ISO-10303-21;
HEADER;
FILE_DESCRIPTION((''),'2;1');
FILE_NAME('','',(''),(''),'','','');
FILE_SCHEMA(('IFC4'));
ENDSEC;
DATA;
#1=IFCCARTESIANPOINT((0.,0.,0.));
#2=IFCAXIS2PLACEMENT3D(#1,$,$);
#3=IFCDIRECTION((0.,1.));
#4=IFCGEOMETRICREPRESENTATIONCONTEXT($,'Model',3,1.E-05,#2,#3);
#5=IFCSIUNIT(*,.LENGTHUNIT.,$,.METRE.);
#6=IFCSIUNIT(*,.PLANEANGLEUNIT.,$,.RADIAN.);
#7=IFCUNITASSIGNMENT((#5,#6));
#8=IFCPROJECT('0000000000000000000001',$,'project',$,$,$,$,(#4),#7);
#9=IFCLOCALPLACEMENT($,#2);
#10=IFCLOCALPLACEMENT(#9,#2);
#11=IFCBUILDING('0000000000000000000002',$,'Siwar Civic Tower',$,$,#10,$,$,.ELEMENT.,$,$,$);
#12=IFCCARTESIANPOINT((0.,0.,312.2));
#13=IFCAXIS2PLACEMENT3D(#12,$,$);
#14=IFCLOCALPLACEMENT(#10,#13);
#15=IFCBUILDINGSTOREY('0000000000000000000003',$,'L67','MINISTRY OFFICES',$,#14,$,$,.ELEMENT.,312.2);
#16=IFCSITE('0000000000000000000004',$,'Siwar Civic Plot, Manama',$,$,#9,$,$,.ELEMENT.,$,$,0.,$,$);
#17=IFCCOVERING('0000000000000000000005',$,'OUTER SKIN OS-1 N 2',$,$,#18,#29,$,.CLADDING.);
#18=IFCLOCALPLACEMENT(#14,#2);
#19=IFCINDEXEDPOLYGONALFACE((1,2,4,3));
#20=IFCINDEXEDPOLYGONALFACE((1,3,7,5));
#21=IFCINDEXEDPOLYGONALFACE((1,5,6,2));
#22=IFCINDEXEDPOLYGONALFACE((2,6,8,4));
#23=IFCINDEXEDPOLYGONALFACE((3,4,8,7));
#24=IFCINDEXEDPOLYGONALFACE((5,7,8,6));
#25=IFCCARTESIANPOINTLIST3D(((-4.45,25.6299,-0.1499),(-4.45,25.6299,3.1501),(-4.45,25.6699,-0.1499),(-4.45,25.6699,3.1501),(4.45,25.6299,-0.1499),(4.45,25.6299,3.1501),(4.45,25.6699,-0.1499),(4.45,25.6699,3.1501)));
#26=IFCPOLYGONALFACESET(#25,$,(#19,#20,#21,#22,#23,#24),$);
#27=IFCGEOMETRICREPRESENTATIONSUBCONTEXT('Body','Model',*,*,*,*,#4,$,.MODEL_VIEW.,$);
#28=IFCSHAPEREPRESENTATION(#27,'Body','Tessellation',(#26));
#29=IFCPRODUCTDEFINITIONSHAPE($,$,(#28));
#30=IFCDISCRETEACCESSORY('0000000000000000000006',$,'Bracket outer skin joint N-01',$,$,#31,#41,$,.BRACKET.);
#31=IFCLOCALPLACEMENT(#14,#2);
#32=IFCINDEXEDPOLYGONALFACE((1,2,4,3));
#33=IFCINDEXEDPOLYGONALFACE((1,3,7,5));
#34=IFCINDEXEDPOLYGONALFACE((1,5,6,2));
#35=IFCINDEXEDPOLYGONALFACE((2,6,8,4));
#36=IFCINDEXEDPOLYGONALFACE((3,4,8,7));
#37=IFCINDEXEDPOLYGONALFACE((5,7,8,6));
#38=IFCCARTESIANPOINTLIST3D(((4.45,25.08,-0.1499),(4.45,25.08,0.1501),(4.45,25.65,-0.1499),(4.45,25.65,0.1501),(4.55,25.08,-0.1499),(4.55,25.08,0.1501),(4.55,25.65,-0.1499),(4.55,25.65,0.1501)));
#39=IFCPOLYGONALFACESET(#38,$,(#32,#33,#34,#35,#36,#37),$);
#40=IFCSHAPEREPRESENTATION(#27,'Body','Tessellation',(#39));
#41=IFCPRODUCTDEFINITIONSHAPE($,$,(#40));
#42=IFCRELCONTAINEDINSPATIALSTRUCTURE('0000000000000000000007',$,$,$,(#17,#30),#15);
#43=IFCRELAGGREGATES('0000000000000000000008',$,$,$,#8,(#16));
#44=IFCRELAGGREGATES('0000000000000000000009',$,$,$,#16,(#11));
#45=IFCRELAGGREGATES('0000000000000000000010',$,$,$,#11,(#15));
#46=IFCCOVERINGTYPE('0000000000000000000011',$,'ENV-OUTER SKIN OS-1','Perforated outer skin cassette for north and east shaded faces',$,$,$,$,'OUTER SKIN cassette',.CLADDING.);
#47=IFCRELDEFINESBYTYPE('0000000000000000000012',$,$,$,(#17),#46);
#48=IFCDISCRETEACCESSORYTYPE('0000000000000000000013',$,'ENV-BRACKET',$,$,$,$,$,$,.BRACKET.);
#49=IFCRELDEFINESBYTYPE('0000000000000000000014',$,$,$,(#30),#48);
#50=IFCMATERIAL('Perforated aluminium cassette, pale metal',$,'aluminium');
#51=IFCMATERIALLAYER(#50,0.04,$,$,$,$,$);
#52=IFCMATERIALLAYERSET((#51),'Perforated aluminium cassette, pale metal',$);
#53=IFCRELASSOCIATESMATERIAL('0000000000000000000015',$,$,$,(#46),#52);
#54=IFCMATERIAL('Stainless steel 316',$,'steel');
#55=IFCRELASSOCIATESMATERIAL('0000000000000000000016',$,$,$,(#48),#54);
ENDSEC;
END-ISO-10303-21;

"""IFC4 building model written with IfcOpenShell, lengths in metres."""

from ifc_helpers import new_model, si_unit, direction, frame, origin, origin_2d, place, context, subcontext, project, spatial, rectangle, extrude, material, layer, layer_set, type_object, element, save


model = new_model("IFC4")

# Units and contexts
model_context = context("Model", 3, precision=1e-05, world=origin(), true_north=direction((0.0, 1.0)))
body_context = subcontext(model_context, "Body", "Model", "MODEL_VIEW")
ifc_project = project(units=[si_unit("LENGTHUNIT", "METRE"), si_unit("PLANEANGLEUNIT", "RADIAN")], contexts=[model_context])

# Site, building, storey
site_placement = place(None, origin())
site = spatial("IfcSite", under=ifc_project, at=site_placement, Name="Siwar Civic Plot, Manama", CompositionType="ELEMENT", RefElevation=0.0)
building_placement = place(site_placement, origin())
building = spatial("IfcBuilding", under=site, at=building_placement, Name="Siwar Civic Tower", CompositionType="ELEMENT")
storey_placement = place(building_placement, frame((0.0, 0.0, 312.2)))
storey = spatial("IfcBuildingStorey", under=building, at=storey_placement, Name="L67", Description="MINISTRY OFFICES", CompositionType="ELEMENT", Elevation=312.2)

# Covering
ifc_material_1 = material(Name="Perforated aluminium cassette, pale metal", Category="aluminium")
ifc_layer_1 = layer(ifc_material_1, 0.04)
ifc_layer_set_1 = layer_set([ifc_layer_1], Name="Perforated aluminium cassette, pale metal")
covering_type = type_object("IfcCoveringType", Name="ENV-OUTER SKIN OS-1", Description="Perforated outer skin cassette for north and east shaded faces", ElementType="OUTER SKIN cassette", PredefinedType="CLADDING", material=ifc_layer_set_1)
covering_1_placement = place(storey_placement, frame((0.0, 25.6499, -0.1499), z_axis=(0.0, 0.0, 1.0), x_axis=(-1.0, 0.0, 0.0)))
element("IfcCovering", 1, at=covering_1_placement, inside=storey, type_object=covering_type, Name="OUTER SKIN OS-1 N 2", PredefinedType="CLADDING", context=body_context, shape_type="SweptSolid", body=[
    extrude(rectangle(XDim=8.8999, YDim=0.04, at=origin_2d()), origin(), (0.0, 0.0, 1.0), 3.3),
])

# Discrete accessory
ifc_material_2 = material(Name="Stainless steel 316", Category="steel")
discrete_accessory_type = type_object("IfcDiscreteAccessoryType", Name="ENV-BRACKET", PredefinedType="BRACKET", material=ifc_material_2)
discrete_accessory_placement = place(storey_placement, frame((4.5, 25.365, -0.1499), z_axis=(0.0, 0.0, 1.0), x_axis=(0.0, 1.0, 0.0)))
element("IfcDiscreteAccessory", 2, at=discrete_accessory_placement, inside=storey, type_object=discrete_accessory_type, Name="Bracket outer skin joint N-01", PredefinedType="BRACKET", context=body_context, shape_type="SweptSolid", body=[
    extrude(rectangle(XDim=0.5701, YDim=0.1001, at=origin_2d()), origin(), (0.0, 0.0, 1.0), 0.3),
])

save(model, "model.ifc")
